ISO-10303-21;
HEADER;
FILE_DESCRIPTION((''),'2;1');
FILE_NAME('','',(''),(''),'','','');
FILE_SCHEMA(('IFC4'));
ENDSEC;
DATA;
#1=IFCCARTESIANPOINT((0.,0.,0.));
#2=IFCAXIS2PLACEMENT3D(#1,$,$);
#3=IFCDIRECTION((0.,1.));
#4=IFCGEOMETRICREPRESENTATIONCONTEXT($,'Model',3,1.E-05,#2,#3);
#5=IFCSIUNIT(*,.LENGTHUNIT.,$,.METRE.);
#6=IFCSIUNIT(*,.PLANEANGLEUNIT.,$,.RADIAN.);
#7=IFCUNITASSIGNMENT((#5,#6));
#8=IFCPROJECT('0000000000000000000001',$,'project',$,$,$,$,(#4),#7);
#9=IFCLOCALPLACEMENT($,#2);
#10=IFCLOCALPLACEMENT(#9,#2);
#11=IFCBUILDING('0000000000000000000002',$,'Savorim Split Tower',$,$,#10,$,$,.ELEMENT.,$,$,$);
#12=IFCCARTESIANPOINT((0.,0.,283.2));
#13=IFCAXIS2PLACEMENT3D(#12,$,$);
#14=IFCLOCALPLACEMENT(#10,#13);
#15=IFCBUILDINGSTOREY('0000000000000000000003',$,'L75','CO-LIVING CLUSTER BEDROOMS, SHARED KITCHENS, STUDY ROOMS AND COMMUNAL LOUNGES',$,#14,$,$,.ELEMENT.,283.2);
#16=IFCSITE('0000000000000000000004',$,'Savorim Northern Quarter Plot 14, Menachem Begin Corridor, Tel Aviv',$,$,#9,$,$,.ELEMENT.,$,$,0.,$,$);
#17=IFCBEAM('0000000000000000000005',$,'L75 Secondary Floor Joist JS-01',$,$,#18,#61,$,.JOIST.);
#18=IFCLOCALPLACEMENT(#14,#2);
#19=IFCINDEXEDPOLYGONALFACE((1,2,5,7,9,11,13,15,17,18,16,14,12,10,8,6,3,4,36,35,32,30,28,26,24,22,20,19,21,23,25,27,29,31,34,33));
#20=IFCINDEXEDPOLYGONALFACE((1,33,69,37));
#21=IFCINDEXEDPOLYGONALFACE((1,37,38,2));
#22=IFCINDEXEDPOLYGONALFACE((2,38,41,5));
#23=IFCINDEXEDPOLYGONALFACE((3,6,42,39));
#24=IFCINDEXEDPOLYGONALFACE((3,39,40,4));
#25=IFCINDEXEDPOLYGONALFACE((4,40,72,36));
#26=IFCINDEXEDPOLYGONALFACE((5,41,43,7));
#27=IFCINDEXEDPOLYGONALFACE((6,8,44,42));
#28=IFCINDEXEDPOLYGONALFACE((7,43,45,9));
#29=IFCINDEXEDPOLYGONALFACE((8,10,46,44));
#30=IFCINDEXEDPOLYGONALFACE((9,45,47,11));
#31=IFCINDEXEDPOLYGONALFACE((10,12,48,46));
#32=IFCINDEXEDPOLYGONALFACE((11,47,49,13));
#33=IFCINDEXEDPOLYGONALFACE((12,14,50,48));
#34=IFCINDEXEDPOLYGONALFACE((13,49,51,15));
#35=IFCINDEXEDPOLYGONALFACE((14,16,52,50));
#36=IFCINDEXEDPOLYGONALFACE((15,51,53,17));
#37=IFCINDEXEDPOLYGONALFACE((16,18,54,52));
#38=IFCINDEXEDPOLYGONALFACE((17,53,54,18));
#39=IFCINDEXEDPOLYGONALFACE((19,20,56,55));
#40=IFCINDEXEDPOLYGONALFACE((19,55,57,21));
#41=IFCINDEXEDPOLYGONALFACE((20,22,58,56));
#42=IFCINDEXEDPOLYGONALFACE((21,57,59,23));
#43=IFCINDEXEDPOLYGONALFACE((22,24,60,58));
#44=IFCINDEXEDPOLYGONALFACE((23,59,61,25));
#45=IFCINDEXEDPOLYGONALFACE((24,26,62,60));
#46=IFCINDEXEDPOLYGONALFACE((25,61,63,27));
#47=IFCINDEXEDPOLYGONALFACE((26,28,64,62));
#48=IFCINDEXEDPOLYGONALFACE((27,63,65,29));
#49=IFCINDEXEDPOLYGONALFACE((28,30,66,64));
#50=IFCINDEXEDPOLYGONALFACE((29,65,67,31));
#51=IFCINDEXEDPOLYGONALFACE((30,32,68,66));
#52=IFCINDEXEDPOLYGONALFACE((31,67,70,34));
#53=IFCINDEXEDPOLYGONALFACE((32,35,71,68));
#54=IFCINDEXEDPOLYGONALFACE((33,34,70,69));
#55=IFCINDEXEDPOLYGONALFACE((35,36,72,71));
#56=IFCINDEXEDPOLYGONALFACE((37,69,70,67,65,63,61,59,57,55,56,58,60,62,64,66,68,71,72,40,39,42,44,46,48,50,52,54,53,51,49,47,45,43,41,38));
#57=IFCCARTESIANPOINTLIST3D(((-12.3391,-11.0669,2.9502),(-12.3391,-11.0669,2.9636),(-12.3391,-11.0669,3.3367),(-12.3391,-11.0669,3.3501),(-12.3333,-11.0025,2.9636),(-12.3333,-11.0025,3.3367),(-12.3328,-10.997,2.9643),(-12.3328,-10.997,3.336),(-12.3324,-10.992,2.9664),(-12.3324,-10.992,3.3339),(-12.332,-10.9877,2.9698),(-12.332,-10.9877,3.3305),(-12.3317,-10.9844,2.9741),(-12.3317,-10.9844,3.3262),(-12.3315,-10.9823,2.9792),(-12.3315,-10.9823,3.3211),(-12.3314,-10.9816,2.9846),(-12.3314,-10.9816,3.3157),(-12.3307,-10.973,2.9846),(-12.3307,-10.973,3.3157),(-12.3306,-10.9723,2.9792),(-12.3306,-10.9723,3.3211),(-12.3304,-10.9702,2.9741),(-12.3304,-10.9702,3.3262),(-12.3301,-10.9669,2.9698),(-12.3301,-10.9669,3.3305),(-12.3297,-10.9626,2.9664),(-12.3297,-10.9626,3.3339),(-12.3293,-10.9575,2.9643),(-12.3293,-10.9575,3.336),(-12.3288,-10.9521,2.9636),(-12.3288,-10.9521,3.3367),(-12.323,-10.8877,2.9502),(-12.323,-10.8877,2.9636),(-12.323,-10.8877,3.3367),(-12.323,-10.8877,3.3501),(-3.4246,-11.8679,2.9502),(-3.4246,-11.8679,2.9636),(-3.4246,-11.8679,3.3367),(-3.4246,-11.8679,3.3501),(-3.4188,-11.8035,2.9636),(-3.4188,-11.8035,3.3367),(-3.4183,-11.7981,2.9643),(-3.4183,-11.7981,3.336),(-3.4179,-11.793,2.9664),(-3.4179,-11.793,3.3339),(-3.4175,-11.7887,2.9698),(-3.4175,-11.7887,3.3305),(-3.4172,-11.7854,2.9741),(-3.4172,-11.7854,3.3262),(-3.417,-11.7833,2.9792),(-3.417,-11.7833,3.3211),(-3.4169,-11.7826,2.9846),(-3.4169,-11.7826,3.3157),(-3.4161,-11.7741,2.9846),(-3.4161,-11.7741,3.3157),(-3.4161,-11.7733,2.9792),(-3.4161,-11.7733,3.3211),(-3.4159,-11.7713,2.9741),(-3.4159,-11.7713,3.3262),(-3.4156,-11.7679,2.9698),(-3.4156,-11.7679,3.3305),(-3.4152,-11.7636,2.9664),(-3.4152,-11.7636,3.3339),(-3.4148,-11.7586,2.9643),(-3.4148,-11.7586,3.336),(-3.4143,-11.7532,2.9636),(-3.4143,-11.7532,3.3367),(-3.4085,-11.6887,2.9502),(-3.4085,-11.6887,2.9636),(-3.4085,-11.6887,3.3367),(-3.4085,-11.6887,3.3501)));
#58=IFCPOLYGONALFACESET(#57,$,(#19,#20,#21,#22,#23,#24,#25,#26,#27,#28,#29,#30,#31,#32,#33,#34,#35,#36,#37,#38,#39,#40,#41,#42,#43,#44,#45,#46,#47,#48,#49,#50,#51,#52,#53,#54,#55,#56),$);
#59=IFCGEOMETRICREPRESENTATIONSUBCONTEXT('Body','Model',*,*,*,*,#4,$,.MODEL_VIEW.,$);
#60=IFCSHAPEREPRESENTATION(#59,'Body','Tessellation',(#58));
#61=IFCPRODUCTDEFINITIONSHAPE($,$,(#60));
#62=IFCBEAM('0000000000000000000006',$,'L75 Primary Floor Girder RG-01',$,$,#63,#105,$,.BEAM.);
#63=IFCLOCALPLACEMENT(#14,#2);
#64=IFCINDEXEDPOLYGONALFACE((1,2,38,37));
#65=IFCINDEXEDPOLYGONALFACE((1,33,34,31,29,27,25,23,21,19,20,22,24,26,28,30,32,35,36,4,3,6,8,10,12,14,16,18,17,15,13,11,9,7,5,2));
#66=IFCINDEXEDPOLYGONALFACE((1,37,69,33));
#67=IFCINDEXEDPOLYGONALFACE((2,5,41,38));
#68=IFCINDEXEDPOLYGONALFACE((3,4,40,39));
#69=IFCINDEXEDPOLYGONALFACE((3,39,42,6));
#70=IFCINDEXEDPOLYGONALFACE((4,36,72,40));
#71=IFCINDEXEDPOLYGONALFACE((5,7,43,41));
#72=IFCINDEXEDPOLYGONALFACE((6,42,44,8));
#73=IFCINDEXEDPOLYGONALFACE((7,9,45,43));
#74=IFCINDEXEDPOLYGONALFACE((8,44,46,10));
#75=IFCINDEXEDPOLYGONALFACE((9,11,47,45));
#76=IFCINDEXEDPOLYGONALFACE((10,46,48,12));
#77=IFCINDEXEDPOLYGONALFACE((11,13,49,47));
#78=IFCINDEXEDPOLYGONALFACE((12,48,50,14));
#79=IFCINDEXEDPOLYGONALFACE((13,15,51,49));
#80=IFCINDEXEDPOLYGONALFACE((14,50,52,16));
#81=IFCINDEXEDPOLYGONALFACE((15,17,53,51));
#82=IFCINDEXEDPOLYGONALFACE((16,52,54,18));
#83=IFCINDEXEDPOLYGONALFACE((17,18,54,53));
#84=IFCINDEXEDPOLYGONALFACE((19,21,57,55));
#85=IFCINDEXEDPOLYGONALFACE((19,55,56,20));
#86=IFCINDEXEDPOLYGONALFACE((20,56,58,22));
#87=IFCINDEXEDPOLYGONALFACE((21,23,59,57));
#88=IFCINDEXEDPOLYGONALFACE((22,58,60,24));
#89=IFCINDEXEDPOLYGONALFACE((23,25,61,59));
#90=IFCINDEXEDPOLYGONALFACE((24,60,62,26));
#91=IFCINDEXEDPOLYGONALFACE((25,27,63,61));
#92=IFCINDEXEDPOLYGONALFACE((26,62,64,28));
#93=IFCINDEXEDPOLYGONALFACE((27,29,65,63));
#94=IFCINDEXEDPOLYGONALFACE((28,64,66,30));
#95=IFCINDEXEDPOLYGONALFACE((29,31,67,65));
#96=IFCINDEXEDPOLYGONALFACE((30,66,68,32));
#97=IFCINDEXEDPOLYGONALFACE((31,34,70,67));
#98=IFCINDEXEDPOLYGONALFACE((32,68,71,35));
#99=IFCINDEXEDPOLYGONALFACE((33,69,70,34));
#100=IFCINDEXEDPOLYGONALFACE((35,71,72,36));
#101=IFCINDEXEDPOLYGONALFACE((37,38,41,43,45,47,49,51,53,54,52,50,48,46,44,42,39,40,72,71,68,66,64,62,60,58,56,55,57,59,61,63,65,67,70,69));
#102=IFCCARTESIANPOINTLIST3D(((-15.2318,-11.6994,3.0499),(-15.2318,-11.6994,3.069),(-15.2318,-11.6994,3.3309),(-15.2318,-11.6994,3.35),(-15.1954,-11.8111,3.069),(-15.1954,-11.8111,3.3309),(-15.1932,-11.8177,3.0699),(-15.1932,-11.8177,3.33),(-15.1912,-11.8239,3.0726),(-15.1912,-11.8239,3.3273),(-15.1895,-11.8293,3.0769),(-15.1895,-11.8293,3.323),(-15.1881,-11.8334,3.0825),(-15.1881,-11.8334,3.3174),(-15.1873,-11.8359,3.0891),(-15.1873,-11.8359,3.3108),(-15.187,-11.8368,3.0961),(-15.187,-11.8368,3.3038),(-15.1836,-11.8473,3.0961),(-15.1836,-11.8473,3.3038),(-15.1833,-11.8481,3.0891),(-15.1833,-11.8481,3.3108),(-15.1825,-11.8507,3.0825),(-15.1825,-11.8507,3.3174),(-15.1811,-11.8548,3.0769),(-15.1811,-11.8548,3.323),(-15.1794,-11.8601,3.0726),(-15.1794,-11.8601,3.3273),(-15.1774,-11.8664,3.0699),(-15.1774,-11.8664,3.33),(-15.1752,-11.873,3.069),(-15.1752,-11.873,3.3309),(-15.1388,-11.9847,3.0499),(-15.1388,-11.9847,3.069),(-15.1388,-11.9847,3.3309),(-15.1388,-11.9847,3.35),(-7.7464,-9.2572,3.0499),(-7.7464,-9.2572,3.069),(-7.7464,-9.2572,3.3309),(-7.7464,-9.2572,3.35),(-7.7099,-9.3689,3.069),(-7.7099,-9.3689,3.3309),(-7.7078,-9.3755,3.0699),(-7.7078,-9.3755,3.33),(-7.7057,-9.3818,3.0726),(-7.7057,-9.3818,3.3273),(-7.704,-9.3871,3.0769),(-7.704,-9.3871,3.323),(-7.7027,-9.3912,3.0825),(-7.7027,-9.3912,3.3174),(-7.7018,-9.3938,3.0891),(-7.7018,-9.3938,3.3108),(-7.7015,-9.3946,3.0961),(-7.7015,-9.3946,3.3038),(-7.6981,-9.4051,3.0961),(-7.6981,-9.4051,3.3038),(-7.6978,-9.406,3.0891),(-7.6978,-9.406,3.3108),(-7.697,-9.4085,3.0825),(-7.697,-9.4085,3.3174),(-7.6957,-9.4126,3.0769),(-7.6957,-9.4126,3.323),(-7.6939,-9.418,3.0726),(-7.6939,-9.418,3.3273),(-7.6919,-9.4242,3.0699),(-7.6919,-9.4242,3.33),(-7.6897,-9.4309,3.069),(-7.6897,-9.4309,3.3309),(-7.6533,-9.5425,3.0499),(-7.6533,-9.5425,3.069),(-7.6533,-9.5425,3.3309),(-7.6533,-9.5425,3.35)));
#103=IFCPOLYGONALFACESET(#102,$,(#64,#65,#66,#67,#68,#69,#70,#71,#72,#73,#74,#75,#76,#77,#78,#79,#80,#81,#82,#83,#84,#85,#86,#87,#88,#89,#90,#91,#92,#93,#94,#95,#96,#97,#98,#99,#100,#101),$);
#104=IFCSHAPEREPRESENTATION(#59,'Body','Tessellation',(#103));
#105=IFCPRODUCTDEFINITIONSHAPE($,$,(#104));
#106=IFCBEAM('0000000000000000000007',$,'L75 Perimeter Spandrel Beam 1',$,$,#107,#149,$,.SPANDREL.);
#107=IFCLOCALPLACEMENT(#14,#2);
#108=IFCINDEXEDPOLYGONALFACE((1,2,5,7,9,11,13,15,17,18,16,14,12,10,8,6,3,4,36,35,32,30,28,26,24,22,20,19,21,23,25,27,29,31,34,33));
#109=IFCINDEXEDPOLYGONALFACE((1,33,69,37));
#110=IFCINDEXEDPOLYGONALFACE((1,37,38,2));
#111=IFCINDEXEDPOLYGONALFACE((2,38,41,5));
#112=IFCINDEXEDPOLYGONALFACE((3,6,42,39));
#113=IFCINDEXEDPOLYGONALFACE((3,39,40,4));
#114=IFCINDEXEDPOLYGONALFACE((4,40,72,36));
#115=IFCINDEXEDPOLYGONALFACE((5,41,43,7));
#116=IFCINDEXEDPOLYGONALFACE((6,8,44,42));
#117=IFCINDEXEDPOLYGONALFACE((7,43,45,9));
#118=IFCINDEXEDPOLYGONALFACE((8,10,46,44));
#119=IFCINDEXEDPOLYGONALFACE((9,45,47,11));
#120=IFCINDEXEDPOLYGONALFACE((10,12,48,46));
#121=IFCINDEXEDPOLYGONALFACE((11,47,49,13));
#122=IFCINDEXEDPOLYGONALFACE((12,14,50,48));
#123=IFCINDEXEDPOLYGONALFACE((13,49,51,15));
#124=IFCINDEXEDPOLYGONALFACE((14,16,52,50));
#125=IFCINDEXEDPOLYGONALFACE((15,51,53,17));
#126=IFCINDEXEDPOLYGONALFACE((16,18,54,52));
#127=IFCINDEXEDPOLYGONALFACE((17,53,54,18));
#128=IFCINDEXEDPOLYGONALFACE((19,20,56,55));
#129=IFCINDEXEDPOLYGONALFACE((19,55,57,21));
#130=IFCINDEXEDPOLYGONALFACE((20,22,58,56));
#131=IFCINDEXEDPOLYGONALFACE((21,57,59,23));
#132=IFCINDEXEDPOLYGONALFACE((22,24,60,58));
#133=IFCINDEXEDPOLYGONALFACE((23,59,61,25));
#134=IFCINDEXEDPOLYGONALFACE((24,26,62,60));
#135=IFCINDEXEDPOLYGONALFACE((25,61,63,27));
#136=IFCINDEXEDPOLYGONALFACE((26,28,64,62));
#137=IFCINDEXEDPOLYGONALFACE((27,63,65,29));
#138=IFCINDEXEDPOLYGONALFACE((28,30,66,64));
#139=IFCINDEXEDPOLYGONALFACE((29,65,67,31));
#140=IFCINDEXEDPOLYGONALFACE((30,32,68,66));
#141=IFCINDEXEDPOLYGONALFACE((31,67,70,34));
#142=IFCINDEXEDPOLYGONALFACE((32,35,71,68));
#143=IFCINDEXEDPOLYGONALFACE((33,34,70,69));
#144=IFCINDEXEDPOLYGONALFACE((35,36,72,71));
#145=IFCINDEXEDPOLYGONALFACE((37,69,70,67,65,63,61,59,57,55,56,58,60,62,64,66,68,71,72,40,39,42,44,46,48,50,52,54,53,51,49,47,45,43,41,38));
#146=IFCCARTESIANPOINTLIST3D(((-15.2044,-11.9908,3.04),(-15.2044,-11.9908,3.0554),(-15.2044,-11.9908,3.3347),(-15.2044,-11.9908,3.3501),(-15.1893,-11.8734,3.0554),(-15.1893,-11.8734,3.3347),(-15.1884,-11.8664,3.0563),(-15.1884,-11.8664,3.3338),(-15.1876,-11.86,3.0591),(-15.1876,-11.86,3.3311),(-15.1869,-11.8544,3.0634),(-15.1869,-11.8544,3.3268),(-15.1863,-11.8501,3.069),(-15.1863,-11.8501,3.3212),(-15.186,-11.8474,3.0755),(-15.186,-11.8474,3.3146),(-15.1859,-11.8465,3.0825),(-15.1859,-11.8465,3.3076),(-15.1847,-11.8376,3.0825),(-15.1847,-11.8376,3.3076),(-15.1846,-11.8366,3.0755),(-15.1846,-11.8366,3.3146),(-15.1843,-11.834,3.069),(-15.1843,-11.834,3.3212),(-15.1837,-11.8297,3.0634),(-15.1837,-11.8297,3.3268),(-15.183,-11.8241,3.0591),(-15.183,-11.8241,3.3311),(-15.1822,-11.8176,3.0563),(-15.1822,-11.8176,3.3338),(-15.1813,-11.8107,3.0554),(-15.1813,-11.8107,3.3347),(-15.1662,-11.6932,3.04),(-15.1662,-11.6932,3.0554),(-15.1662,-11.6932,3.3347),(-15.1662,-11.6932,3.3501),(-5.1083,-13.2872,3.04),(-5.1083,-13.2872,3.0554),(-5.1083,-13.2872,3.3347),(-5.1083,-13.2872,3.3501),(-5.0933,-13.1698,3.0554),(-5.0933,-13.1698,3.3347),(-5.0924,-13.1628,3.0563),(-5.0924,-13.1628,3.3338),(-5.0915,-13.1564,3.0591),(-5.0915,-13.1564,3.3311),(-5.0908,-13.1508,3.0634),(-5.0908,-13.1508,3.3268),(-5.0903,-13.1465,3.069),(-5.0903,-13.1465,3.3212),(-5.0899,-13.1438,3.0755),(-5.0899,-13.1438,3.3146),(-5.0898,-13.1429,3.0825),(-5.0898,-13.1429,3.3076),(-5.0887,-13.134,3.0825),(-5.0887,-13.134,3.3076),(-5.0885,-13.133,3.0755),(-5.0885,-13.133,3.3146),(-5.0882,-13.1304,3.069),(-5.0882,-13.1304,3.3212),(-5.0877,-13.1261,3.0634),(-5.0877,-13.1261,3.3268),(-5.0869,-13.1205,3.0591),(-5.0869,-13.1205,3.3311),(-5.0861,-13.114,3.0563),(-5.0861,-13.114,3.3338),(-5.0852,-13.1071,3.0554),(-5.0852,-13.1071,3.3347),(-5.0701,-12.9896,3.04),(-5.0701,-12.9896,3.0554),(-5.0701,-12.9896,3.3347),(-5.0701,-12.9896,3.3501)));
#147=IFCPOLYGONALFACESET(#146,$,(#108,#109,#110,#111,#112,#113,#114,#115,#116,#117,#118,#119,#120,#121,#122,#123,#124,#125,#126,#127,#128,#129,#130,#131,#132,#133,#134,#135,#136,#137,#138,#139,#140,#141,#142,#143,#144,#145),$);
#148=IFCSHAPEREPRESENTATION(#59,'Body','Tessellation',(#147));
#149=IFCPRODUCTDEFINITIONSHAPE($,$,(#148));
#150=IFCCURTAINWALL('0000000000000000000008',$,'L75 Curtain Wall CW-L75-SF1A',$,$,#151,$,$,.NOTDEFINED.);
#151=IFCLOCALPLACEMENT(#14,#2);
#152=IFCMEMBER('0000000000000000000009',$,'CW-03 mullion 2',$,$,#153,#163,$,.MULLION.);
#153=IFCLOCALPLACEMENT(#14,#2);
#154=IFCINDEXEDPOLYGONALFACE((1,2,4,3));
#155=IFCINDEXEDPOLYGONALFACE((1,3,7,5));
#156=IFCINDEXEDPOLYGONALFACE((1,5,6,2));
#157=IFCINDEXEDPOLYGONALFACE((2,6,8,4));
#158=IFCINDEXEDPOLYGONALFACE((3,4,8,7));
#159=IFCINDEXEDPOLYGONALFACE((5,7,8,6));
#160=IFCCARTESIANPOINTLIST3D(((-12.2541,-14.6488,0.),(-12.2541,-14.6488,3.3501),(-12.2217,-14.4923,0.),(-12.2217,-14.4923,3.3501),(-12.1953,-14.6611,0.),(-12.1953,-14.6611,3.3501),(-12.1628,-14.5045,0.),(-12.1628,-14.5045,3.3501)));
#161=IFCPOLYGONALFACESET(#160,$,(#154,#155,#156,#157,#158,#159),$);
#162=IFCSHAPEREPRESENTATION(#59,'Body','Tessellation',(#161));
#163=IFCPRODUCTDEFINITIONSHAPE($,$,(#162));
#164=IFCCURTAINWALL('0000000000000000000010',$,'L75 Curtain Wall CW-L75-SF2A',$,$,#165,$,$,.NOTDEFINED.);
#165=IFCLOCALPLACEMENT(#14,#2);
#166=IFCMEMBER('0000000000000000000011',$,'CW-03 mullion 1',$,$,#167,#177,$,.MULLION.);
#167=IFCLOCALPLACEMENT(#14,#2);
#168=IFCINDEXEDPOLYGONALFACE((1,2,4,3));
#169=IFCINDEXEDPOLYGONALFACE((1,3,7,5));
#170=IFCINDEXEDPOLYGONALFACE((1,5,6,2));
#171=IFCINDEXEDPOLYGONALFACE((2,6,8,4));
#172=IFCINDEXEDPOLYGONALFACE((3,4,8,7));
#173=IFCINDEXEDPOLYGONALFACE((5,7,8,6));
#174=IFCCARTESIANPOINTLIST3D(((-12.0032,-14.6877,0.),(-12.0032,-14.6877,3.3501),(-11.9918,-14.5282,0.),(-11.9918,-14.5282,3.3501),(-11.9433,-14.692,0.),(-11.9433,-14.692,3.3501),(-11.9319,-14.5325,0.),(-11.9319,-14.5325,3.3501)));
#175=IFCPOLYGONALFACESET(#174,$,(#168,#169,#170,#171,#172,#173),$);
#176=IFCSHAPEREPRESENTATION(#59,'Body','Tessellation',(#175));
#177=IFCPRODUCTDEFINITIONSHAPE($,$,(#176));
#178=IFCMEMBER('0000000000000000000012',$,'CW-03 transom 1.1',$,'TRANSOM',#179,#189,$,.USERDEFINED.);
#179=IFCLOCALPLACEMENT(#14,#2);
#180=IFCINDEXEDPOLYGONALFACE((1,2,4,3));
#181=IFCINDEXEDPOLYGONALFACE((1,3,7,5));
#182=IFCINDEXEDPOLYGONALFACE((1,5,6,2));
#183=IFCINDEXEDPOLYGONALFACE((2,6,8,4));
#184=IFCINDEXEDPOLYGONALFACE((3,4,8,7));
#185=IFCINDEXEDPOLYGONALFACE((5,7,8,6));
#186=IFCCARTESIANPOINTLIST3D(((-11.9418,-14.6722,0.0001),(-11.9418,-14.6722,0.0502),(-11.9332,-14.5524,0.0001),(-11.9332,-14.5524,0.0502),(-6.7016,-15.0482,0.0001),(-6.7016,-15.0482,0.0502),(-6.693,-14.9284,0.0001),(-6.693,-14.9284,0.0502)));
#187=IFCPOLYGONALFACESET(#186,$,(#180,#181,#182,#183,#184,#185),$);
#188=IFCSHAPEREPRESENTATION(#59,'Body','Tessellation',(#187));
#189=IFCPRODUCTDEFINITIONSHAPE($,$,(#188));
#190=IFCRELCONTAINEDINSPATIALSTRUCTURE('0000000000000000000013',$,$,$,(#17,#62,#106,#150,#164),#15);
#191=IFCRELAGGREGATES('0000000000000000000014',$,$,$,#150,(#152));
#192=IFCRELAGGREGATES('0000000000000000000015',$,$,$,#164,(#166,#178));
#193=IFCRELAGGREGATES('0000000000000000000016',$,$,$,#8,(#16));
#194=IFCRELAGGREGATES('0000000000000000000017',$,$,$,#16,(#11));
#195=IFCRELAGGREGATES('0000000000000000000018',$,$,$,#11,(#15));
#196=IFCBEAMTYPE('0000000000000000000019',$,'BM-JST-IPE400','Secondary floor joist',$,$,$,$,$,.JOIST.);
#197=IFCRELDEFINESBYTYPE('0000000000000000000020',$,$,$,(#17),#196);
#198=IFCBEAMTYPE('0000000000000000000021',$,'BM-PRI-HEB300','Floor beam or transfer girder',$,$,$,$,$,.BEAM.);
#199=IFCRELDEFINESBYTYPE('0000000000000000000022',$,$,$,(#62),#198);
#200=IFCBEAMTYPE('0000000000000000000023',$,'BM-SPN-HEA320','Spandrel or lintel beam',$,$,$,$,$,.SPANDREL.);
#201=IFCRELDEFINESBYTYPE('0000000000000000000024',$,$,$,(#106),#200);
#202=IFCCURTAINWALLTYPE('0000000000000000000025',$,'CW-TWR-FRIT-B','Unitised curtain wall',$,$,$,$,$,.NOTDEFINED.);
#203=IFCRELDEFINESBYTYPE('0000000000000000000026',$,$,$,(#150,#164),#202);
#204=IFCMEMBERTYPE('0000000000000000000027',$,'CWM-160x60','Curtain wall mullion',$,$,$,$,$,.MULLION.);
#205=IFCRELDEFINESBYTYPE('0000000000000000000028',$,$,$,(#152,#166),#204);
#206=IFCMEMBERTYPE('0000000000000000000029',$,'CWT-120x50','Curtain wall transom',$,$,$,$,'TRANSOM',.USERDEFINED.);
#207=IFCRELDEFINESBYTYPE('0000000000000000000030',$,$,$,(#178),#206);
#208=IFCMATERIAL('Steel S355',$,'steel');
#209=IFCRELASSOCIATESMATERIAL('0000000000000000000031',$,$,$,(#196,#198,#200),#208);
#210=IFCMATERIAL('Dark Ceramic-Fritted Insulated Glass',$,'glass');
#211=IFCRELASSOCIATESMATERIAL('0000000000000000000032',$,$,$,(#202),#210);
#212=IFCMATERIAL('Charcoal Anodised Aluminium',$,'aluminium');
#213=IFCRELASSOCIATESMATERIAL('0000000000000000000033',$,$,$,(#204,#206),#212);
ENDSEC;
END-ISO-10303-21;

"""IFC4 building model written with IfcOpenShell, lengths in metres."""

from ifc_helpers import new_model, si_unit, direction, frame, origin, origin_2d, place, context, subcontext, project, spatial, rectangle, i_section, extrude, material, material_profile, profile_set, type_object, element, aggregate, save


model = new_model("IFC4")

# Units and contexts
model_context = context("Model", 3, precision=1e-05, world=origin(), true_north=direction((0.0, 1.0)))
body_context = subcontext(model_context, "Body", "Model", "MODEL_VIEW")
ifc_project = project(units=[si_unit("LENGTHUNIT", "METRE"), si_unit("PLANEANGLEUNIT", "RADIAN")], contexts=[model_context])

# Site, building, storey
site_placement = place(None, origin())
site = spatial("IfcSite", under=ifc_project, at=site_placement, Name="Savorim Northern Quarter Plot 14, Menachem Begin Corridor, Tel Aviv", CompositionType="ELEMENT", RefElevation=0.0)
building_placement = place(site_placement, origin())
building = spatial("IfcBuilding", under=site, at=building_placement, Name="Savorim Split Tower", CompositionType="ELEMENT")
storey_placement = place(building_placement, frame((0.0, 0.0, 283.2)))
storey = spatial("IfcBuildingStorey", under=building, at=storey_placement, Name="L75", Description="CO-LIVING CLUSTER BEDROOMS, SHARED KITCHENS, STUDY ROOMS AND COMMUNAL LOUNGES", CompositionType="ELEMENT", Elevation=283.2)

# Shared definitions
ifc_material_1 = material(Name="Steel S355", Category="steel")

# Beams
ifc_material_profile_1 = material_profile(ifc_material_1, i_section(OverallWidth=0.1799, OverallDepth=0.3999, WebThickness=0.0085, FlangeThickness=0.0134, FilletRadius=0.021, at=origin_2d()), Name="IPE 400")
ifc_profile_set_1 = profile_set([ifc_material_profile_1], Name="Steel S355")
beam_type_1 = type_object("IfcBeamType", Name="BM-JST-IPE400", Description="Secondary floor joist", PredefinedType="JOIST", material=ifc_profile_set_1)
beam_1_placement = place(storey_placement, frame((-12.3311, -10.9773, 3.1501), z_axis=(0.995987, -0.089495, 0.0), x_axis=(0.089495, 0.995987, 0.0)))
element("IfcBeam", 1, at=beam_1_placement, inside=storey, type_object=beam_type_1, Name="L75 Secondary Floor Joist JS-01", PredefinedType="JOIST", context=body_context, shape_type="SweptSolid", body=[
    extrude(i_section(OverallWidth=0.1799, OverallDepth=0.3999, WebThickness=0.0085, FlangeThickness=0.0134, FilletRadius=0.021, at=origin_2d()), origin(), (0.0, 0.0, 1.0), 8.9504),
])
ifc_material_profile_2 = material_profile(ifc_material_1, i_section(OverallWidth=0.3, OverallDepth=0.3, WebThickness=0.011, FlangeThickness=0.019, FilletRadius=0.0271, at=origin_2d()), Name="HEB 300")
ifc_profile_set_2 = profile_set([ifc_material_profile_2], Name="Steel S355")
beam_type_2 = type_object("IfcBeamType", Name="BM-PRI-HEB300", Description="Floor beam or transfer girder", PredefinedType="BEAM", material=ifc_profile_set_2)
beam_2_placement = place(storey_placement, frame((-15.1853, -11.842, 3.2), z_axis=(0.950683, 0.310166, 0.0), x_axis=(-0.310166, 0.950683, 0.0)))
element("IfcBeam", 2, at=beam_2_placement, inside=storey, type_object=beam_type_2, Name="L75 Primary Floor Girder RG-01", PredefinedType="BEAM", context=body_context, shape_type="SweptSolid", body=[
    extrude(i_section(OverallWidth=0.3, OverallDepth=0.3, WebThickness=0.011, FlangeThickness=0.019, FilletRadius=0.0271, at=origin_2d()), origin(), (0.0, 0.0, 1.0), 7.8738),
])
ifc_material_profile_3 = material_profile(ifc_material_1, i_section(OverallWidth=0.3, OverallDepth=0.3101, WebThickness=0.009, FlangeThickness=0.0154, FilletRadius=0.0271, at=origin_2d()), Name="HEA 320")
ifc_profile_set_3 = profile_set([ifc_material_profile_3], Name="Steel S355")
beam_type_3 = type_object("IfcBeamType", Name="BM-SPN-HEA320", Description="Spandrel or lintel beam", PredefinedType="SPANDREL", material=ifc_profile_set_3)
beam_3_placement = place(storey_placement, frame((-15.1853, -11.842, 3.1951), z_axis=(0.991856, -0.127361, 0.0), x_axis=(0.127361, 0.991856, 0.0)))
element("IfcBeam", 3, at=beam_3_placement, inside=storey, type_object=beam_type_3, Name="L75 Perimeter Spandrel Beam 1", PredefinedType="SPANDREL", context=body_context, shape_type="SweptSolid", body=[
    extrude(i_section(OverallWidth=0.3, OverallDepth=0.3101, WebThickness=0.009, FlangeThickness=0.0154, FilletRadius=0.0271, at=origin_2d()), origin(), (0.0, 0.0, 1.0), 10.179),
])

# Curtain wall, member
ifc_material_2 = material(Name="Dark Ceramic-Fritted Insulated Glass", Category="glass")
curtain_wall_type = type_object("IfcCurtainWallType", Name="CW-TWR-FRIT-B", Description="Unitised curtain wall", PredefinedType="NOTDEFINED", material=ifc_material_2)
curtain_wall_1_placement = place(storey_placement, origin())
curtain_wall_1 = element("IfcCurtainWall", 4, at=curtain_wall_1_placement, inside=storey, type_object=curtain_wall_type, Name="L75 Curtain Wall CW-L75-SF1A", PredefinedType="NOTDEFINED")
ifc_material_3 = material(Name="Charcoal Anodised Aluminium", Category="aluminium")
ifc_material_profile_4 = material_profile(ifc_material_3, rectangle(XDim=0.1599, YDim=0.0601, at=origin_2d()), Name="ALU-M 160x60")
ifc_profile_set_4 = profile_set([ifc_material_profile_4], Name="Charcoal Anodised Aluminium")
member_type_1 = type_object("IfcMemberType", Name="CWM-160x60", Description="Curtain wall mullion", PredefinedType="MULLION", material=ifc_profile_set_4)
member_1_placement = place(storey_placement, frame((-12.2085, -14.5767, 0.0), z_axis=(0.0, 0.0, 1.0), x_axis=(0.203215, 0.979134, 0.0)))
member_1 = element("IfcMember", 5, at=member_1_placement, type_object=member_type_1, Name="CW-03 mullion 2", PredefinedType="MULLION", context=body_context, shape_type="SweptSolid", body=[
    extrude(rectangle(XDim=0.1599, YDim=0.0601, at=origin_2d()), origin(), (0.0, 0.0, 1.0), 3.3501),
])
aggregate(curtain_wall_1, [member_1])

# Curtain wall, members
curtain_wall_2_placement = place(storey_placement, origin())
curtain_wall_2 = element("IfcCurtainWall", 6, at=curtain_wall_2_placement, inside=storey, type_object=curtain_wall_type, Name="L75 Curtain Wall CW-L75-SF2A", PredefinedType="NOTDEFINED")
member_2_placement = place(storey_placement, frame((-11.9675, -14.6101, 0.0), z_axis=(0.0, 0.0, 1.0), x_axis=(0.07155, 0.997437, 0.0)))
member_2 = element("IfcMember", 7, at=member_2_placement, type_object=member_type_1, Name="CW-03 mullion 1", PredefinedType="MULLION", context=body_context, shape_type="SweptSolid", body=[
    extrude(rectangle(XDim=0.1599, YDim=0.0601, at=origin_2d()), origin(), (0.0, 0.0, 1.0), 3.3501),
])
ifc_material_profile_5 = material_profile(ifc_material_3, rectangle(XDim=0.1201, YDim=0.05, at=origin_2d()), Name="ALU-T 120x50")
ifc_profile_set_5 = profile_set([ifc_material_profile_5], Name="Charcoal Anodised Aluminium")
member_type_2 = type_object("IfcMemberType", Name="CWT-120x50", Description="Curtain wall transom", ElementType="TRANSOM", PredefinedType="USERDEFINED", material=ifc_profile_set_5)
member_3_placement = place(storey_placement, frame((-11.9375, -14.6123, 0.0251), z_axis=(0.997436, -0.071564, 0.0), x_axis=(0.071564, 0.997436, 0.0)))
member_3 = element("IfcMember", 8, at=member_3_placement, type_object=member_type_2, Name="CW-03 transom 1.1", ObjectType="TRANSOM", PredefinedType="USERDEFINED", context=body_context, shape_type="SweptSolid", body=[
    extrude(rectangle(XDim=0.1201, YDim=0.05, at=origin_2d()), origin(), (0.0, 0.0, 1.0), 5.2537),
])
aggregate(curtain_wall_2, [member_2, member_3])

save(model, "model.ifc")
